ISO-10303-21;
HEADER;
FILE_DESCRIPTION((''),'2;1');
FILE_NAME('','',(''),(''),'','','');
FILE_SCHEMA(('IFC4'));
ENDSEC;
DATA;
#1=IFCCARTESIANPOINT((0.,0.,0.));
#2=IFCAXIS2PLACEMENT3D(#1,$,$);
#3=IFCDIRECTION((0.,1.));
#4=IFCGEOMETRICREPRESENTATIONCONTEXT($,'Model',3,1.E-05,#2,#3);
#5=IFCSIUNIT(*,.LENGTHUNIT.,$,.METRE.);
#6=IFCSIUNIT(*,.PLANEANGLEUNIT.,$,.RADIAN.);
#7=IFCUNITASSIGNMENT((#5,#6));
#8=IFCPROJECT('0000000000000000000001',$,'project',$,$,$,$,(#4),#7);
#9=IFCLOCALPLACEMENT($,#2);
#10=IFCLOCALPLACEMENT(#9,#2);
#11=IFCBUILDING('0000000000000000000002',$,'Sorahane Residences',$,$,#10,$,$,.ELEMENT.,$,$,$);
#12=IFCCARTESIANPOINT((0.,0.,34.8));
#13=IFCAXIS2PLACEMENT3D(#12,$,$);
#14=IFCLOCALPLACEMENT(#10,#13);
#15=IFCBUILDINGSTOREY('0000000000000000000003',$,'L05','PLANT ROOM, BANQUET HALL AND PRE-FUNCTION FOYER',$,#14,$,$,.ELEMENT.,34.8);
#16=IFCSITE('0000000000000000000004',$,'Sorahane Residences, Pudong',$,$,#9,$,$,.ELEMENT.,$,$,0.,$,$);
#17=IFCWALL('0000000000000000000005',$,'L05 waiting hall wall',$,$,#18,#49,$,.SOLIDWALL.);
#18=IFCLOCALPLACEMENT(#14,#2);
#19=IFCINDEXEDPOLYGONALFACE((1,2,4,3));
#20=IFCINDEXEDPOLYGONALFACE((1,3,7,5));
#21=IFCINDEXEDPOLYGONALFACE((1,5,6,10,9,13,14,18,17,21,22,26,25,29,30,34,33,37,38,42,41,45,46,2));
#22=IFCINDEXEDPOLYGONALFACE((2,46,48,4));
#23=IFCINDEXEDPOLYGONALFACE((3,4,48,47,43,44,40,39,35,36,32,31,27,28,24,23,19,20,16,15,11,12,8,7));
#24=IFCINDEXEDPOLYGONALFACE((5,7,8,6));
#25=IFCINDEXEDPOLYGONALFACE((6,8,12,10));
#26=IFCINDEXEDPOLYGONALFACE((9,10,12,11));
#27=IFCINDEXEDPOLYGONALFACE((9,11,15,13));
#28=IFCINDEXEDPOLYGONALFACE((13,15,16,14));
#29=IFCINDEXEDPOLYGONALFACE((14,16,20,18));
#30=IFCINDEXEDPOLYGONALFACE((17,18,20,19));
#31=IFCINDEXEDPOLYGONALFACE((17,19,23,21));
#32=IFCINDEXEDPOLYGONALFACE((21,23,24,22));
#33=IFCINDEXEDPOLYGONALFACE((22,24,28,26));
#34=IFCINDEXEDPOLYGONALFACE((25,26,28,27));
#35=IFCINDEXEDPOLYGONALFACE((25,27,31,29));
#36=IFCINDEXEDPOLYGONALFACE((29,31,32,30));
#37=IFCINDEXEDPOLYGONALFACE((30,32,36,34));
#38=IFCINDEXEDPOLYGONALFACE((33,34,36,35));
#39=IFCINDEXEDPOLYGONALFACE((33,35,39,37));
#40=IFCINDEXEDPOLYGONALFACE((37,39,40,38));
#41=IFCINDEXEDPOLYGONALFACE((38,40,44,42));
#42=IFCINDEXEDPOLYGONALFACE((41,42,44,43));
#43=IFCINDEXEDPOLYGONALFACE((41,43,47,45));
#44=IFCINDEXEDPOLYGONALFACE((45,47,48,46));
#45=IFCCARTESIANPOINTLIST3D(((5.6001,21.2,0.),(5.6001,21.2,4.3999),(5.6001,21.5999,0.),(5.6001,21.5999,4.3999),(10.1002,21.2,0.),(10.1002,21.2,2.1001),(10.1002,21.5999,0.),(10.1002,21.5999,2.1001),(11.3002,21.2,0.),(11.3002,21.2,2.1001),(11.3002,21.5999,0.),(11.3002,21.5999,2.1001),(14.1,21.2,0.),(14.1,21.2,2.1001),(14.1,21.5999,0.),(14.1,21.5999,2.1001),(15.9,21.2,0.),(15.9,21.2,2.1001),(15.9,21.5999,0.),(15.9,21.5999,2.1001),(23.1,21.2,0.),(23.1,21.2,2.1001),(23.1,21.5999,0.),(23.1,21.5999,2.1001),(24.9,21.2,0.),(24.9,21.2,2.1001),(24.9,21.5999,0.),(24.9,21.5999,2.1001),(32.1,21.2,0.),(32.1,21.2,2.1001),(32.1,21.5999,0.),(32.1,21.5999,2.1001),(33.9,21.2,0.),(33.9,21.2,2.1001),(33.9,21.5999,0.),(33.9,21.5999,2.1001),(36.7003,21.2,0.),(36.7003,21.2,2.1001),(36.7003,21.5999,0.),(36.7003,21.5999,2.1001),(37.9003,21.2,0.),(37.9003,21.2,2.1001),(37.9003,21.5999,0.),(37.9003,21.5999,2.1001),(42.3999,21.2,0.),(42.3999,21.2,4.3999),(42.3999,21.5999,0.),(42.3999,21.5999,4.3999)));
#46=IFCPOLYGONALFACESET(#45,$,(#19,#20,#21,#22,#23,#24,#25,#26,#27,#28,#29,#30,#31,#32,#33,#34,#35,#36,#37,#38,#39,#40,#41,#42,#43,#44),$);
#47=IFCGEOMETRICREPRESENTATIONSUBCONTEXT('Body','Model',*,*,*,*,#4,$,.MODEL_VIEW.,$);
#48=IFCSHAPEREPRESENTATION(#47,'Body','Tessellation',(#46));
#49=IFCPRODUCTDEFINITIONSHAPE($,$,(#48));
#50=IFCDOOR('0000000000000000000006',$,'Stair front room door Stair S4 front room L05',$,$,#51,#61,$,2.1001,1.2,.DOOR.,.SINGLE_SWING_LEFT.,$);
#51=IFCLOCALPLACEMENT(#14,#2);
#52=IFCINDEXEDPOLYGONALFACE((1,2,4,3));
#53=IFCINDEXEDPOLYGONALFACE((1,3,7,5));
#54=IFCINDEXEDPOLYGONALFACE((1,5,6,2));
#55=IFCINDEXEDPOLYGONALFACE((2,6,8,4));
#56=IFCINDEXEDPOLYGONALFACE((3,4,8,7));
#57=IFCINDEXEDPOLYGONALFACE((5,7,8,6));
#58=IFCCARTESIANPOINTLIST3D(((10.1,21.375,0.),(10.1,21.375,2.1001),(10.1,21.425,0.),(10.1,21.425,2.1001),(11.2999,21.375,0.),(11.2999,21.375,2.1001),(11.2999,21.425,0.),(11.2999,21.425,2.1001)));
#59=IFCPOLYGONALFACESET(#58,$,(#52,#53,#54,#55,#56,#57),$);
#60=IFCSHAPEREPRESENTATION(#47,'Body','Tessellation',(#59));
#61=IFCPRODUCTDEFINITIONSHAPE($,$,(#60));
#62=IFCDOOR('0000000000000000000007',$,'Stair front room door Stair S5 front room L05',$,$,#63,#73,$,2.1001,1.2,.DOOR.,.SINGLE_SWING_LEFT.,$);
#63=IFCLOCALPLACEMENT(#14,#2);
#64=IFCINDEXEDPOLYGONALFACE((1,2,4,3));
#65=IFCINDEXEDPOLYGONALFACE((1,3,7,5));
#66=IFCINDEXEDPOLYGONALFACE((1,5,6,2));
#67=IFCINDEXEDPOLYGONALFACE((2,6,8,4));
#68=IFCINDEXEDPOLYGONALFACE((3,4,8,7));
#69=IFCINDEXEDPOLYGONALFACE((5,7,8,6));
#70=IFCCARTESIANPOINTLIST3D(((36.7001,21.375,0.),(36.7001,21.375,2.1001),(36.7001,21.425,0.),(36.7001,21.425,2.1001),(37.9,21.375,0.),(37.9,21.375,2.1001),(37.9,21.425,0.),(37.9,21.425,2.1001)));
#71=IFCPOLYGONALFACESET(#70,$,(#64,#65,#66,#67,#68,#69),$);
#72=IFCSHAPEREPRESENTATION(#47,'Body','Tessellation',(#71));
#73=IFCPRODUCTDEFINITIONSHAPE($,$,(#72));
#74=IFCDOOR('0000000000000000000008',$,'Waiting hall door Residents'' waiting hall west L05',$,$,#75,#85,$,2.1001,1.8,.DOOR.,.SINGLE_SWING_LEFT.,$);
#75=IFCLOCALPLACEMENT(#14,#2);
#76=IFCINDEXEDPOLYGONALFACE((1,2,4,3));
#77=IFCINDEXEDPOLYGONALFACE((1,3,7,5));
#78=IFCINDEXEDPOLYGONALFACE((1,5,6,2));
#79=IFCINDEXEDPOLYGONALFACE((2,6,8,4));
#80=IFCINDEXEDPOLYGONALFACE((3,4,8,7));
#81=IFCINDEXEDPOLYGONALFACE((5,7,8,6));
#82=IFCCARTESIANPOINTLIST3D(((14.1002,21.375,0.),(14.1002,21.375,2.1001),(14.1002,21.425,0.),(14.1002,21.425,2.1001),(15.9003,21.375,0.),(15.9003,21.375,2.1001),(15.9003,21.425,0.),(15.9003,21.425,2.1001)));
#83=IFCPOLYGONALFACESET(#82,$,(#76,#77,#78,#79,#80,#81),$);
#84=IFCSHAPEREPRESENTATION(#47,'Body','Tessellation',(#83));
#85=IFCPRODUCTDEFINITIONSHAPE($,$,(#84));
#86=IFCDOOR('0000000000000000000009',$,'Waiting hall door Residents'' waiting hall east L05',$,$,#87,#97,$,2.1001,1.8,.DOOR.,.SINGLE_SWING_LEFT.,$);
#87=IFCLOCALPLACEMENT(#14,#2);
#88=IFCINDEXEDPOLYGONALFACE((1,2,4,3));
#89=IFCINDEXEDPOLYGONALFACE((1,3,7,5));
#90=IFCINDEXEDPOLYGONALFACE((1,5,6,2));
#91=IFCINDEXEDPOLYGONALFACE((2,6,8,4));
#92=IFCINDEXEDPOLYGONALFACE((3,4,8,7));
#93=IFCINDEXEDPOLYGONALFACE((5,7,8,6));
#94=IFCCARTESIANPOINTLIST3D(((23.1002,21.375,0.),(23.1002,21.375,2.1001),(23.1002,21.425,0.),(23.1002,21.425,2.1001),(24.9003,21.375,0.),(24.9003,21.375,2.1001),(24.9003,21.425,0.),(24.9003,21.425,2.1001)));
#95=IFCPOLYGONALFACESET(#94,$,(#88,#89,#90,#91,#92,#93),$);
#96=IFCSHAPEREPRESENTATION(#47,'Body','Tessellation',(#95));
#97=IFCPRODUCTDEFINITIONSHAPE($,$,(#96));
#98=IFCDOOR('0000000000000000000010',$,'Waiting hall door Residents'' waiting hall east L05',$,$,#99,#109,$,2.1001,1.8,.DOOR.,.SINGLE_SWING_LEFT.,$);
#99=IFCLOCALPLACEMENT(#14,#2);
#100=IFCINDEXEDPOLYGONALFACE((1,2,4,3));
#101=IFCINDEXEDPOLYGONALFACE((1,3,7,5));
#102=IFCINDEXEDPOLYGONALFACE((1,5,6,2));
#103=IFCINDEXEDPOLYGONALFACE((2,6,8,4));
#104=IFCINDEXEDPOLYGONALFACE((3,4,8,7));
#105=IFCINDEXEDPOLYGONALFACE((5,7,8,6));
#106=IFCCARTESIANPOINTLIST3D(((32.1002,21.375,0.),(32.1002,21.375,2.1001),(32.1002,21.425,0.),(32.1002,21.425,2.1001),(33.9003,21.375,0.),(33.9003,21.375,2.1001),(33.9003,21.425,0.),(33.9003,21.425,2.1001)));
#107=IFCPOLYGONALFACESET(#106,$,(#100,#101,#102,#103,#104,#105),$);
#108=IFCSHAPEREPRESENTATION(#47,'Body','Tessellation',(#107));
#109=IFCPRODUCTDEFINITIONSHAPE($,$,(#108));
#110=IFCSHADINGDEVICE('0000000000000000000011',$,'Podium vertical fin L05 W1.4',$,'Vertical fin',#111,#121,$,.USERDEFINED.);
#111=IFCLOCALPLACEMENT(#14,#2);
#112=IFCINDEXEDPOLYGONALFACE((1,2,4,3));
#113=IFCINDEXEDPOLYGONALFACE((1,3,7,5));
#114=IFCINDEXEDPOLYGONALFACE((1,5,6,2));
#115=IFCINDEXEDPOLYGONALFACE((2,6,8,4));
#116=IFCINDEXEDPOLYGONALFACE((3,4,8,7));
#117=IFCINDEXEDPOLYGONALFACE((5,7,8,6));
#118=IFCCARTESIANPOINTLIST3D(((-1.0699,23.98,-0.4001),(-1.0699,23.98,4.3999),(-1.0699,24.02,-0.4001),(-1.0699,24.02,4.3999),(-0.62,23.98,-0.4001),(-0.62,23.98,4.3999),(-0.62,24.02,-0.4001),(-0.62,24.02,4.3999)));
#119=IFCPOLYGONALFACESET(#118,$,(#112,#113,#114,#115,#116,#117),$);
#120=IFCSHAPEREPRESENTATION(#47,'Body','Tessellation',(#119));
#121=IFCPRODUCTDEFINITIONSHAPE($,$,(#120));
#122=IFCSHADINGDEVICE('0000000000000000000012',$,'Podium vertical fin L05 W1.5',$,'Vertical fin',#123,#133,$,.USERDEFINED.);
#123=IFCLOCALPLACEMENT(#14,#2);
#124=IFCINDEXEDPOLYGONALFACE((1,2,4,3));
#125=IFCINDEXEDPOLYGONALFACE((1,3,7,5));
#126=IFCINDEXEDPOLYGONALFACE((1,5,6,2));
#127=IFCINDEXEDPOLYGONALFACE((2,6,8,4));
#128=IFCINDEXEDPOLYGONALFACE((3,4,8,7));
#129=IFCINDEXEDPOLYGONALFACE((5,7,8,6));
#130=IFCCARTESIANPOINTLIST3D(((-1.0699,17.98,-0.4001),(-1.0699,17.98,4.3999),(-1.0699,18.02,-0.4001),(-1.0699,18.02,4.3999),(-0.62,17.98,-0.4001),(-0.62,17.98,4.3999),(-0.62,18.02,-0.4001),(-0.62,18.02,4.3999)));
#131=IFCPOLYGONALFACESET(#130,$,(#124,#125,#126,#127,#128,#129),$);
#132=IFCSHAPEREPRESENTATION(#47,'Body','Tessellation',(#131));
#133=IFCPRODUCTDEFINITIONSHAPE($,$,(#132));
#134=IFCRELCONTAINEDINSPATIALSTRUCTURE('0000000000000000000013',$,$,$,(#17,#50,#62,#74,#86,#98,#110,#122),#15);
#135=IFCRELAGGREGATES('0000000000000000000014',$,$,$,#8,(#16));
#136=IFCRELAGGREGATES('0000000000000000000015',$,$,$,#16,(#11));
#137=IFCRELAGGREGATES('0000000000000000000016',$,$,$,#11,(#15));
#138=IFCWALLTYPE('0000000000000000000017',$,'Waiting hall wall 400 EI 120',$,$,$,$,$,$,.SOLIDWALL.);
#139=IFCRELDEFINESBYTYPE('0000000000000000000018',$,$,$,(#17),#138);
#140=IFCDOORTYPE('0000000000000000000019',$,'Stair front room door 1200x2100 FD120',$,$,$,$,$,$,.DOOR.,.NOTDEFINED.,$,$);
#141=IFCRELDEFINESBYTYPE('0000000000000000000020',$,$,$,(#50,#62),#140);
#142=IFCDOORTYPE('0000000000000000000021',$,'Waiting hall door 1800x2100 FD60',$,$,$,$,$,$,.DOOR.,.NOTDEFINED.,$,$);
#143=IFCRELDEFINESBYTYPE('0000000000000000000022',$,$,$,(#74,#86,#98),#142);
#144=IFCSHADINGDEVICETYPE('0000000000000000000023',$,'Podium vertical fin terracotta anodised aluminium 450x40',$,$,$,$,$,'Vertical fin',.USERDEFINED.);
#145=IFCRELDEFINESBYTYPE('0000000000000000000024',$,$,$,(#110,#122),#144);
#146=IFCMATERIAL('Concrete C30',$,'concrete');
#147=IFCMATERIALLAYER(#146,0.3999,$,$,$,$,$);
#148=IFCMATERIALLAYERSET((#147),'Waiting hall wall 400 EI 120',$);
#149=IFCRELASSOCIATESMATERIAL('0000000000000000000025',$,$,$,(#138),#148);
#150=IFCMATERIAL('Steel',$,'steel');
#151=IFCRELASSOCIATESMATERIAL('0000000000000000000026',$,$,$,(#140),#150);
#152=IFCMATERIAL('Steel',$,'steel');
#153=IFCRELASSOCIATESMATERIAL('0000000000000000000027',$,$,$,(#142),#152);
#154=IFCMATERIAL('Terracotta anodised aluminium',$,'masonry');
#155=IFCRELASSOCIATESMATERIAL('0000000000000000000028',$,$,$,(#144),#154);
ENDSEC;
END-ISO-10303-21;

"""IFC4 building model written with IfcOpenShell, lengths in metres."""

from ifc_helpers import new_model, si_unit, direction, frame, frame_2d, origin, origin_2d, place, context, subcontext, project, spatial, rectangle, extrude, material, layer, layer_set, material_profile, profile_set, type_object, element, fill, save


model = new_model("IFC4")

# Units and contexts
model_context = context("Model", 3, precision=1e-05, world=origin(), true_north=direction((0.0, 1.0)))
body_context = subcontext(model_context, "Body", "Model", "MODEL_VIEW")
ifc_project = project(units=[si_unit("LENGTHUNIT", "METRE"), si_unit("PLANEANGLEUNIT", "RADIAN")], contexts=[model_context])

# Site, building, storey
site_placement = place(None, origin())
site = spatial("IfcSite", under=ifc_project, at=site_placement, Name="Sorahane Residences, Pudong", CompositionType="ELEMENT", RefElevation=0.0)
building_placement = place(site_placement, origin())
building = spatial("IfcBuilding", under=site, at=building_placement, Name="Sorahane Residences", CompositionType="ELEMENT")
storey_placement = place(building_placement, frame((0.0, 0.0, 34.8)))
storey = spatial("IfcBuildingStorey", under=building, at=storey_placement, Name="L05", Description="PLANT ROOM, BANQUET HALL AND PRE-FUNCTION FOYER", CompositionType="ELEMENT", Elevation=34.8)

# Wall, openings, doors
ifc_material_1 = material(Name="Concrete C30", Category="concrete")
ifc_layer_1 = layer(ifc_material_1, 0.3999)
ifc_layer_set_1 = layer_set([ifc_layer_1], Name="Waiting hall wall 400 EI 120")
wall_type_1 = type_object("IfcWallType", Name="Waiting hall wall 400 EI 120", PredefinedType="SOLIDWALL", material=ifc_layer_set_1)
wall_1_placement = place(storey_placement, frame((5.6001, 21.3999, 0.0), z_axis=(0.0, 0.0, 1.0), x_axis=(1.0, 0.0, 0.0)))
wall_1 = element("IfcWall", 1, at=wall_1_placement, inside=storey, type_object=wall_type_1, Name="L05 waiting hall wall", PredefinedType="SOLIDWALL", context=body_context, shape_type="SweptSolid", body=[
    extrude(rectangle(XDim=36.7998, YDim=0.3999, at=frame_2d((18.3999, 0.0))), origin(), (0.0, 0.0, 1.0), 4.3999),
])
opening_1_placement = place(wall_1_placement, frame((8.5, 0.0, 0.0)))
opening_1 = element("IfcOpeningElement", 2, at=opening_1_placement, cuts=wall_1, PredefinedType="OPENING", context=body_context, shape_type="SweptSolid", body=[
    extrude(rectangle(XDim=1.8, YDim=2.1001, at=frame_2d((0.8999, 1.05))), frame((0.0, 0.21, 0.0), z_axis=(0.0, -1.0, 0.0), x_axis=(1.0, 0.0, 0.0)), (0.0, 0.0, 1.0), 0.4199),
])
opening_2_placement = place(wall_1_placement, frame((17.5, 0.0, 0.0)))
opening_2 = element("IfcOpeningElement", 3, at=opening_2_placement, cuts=wall_1, PredefinedType="OPENING", context=body_context, shape_type="SweptSolid", body=[
    extrude(rectangle(XDim=1.8, YDim=2.1001, at=frame_2d((0.8999, 1.05))), frame((0.0, 0.21, 0.0), z_axis=(0.0, -1.0, 0.0), x_axis=(1.0, 0.0, 0.0)), (0.0, 0.0, 1.0), 0.4199),
])
opening_3_placement = place(wall_1_placement, frame((26.5, 0.0, 0.0)))
opening_3 = element("IfcOpeningElement", 4, at=opening_3_placement, cuts=wall_1, PredefinedType="OPENING", context=body_context, shape_type="SweptSolid", body=[
    extrude(rectangle(XDim=1.8, YDim=2.1001, at=frame_2d((0.8999, 1.05))), frame((0.0, 0.21, 0.0), z_axis=(0.0, -1.0, 0.0), x_axis=(1.0, 0.0, 0.0)), (0.0, 0.0, 1.0), 0.4199),
])
opening_4_placement = place(wall_1_placement, frame((4.5, 0.0, 0.0)))
opening_4 = element("IfcOpeningElement", 5, at=opening_4_placement, cuts=wall_1, PredefinedType="OPENING", context=body_context, shape_type="SweptSolid", body=[
    extrude(rectangle(XDim=1.2, YDim=2.1001, at=frame_2d((0.6001, 1.05))), frame((0.0, 0.21, 0.0), z_axis=(0.0, -1.0, 0.0), x_axis=(1.0, 0.0, 0.0)), (0.0, 0.0, 1.0), 0.4199),
])
opening_5_placement = place(wall_1_placement, frame((31.1001, 0.0, 0.0)))
opening_5 = element("IfcOpeningElement", 6, at=opening_5_placement, cuts=wall_1, PredefinedType="OPENING", context=body_context, shape_type="SweptSolid", body=[
    extrude(rectangle(XDim=1.2, YDim=2.1001, at=frame_2d((0.6001, 1.05))), frame((0.0, 0.21, 0.0), z_axis=(0.0, -1.0, 0.0), x_axis=(1.0, 0.0, 0.0)), (0.0, 0.0, 1.0), 0.4199),
])
ifc_material_2 = material(Name="Steel", Category="steel")
door_type_1 = type_object("IfcDoorType", Name="Stair front room door 1200x2100 FD120", OperationType="NOTDEFINED", PredefinedType="DOOR", material=ifc_material_2)
door_1_placement = place(opening_4_placement, frame((1.2, 0.0, 0.0), z_axis=(0.0, 0.0, 1.0), x_axis=(-1.0, 0.0, 0.0)))
door_1 = element("IfcDoor", 7, at=door_1_placement, inside=storey, type_object=door_type_1, Name="Stair front room door Stair S4 front room L05", OperationType="SINGLE_SWING_LEFT", OverallHeight=2.1001, OverallWidth=1.2, PredefinedType="DOOR", context=body_context, shape_type="SweptSolid", body=[
    extrude(rectangle(XDim=1.2, YDim=2.1001, at=frame_2d((0.6001, 1.05))), frame((0.0, 0.0249, 0.0), z_axis=(0.0, -1.0, 0.0), x_axis=(1.0, 0.0, 0.0)), (0.0, 0.0, 1.0), 0.05),
])
fill(opening_4, door_1)
door_2_placement = place(opening_5_placement, frame((1.2, 0.0, 0.0), z_axis=(0.0, 0.0, 1.0), x_axis=(-1.0, 0.0, 0.0)))
door_2 = element("IfcDoor", 8, at=door_2_placement, inside=storey, type_object=door_type_1, Name="Stair front room door Stair S5 front room L05", OperationType="SINGLE_SWING_LEFT", OverallHeight=2.1001, OverallWidth=1.2, PredefinedType="DOOR", context=body_context, shape_type="SweptSolid", body=[
    extrude(rectangle(XDim=1.2, YDim=2.1001, at=frame_2d((0.6001, 1.05))), frame((0.0, 0.0249, 0.0), z_axis=(0.0, -1.0, 0.0), x_axis=(1.0, 0.0, 0.0)), (0.0, 0.0, 1.0), 0.05),
])
fill(opening_5, door_2)
ifc_material_3 = material(Name="Steel", Category="steel")
door_type_2 = type_object("IfcDoorType", Name="Waiting hall door 1800x2100 FD60", OperationType="NOTDEFINED", PredefinedType="DOOR", material=ifc_material_3)
door_3_placement = place(opening_1_placement, frame((1.8, 0.0, 0.0), z_axis=(0.0, 0.0, 1.0), x_axis=(-1.0, 0.0, 0.0)))
door_3 = element("IfcDoor", 9, at=door_3_placement, inside=storey, type_object=door_type_2, Name="Waiting hall door Residents' waiting hall west L05", OperationType="SINGLE_SWING_LEFT", OverallHeight=2.1001, OverallWidth=1.8, PredefinedType="DOOR", context=body_context, shape_type="SweptSolid", body=[
    extrude(rectangle(XDim=1.8, YDim=2.1001, at=frame_2d((0.8999, 1.05))), frame((0.0, 0.0249, 0.0), z_axis=(0.0, -1.0, 0.0), x_axis=(1.0, 0.0, 0.0)), (0.0, 0.0, 1.0), 0.05),
])
fill(opening_1, door_3)
door_4_placement = place(opening_2_placement, frame((1.8, 0.0, 0.0), z_axis=(0.0, 0.0, 1.0), x_axis=(-1.0, 0.0, 0.0)))
door_4 = element("IfcDoor", 10, at=door_4_placement, inside=storey, type_object=door_type_2, Name="Waiting hall door Residents' waiting hall east L05", OperationType="SINGLE_SWING_LEFT", OverallHeight=2.1001, OverallWidth=1.8, PredefinedType="DOOR", context=body_context, shape_type="SweptSolid", body=[
    extrude(rectangle(XDim=1.8, YDim=2.1001, at=frame_2d((0.8999, 1.05))), frame((0.0, 0.0249, 0.0), z_axis=(0.0, -1.0, 0.0), x_axis=(1.0, 0.0, 0.0)), (0.0, 0.0, 1.0), 0.05),
])
fill(opening_2, door_4)
door_5_placement = place(opening_3_placement, frame((1.8, 0.0, 0.0), z_axis=(0.0, 0.0, 1.0), x_axis=(-1.0, 0.0, 0.0)))
door_5 = element("IfcDoor", 11, at=door_5_placement, inside=storey, type_object=door_type_2, Name="Waiting hall door Residents' waiting hall east L05", OperationType="SINGLE_SWING_LEFT", OverallHeight=2.1001, OverallWidth=1.8, PredefinedType="DOOR", context=body_context, shape_type="SweptSolid", body=[
    extrude(rectangle(XDim=1.8, YDim=2.1001, at=frame_2d((0.8999, 1.05))), frame((0.0, 0.0249, 0.0), z_axis=(0.0, -1.0, 0.0), x_axis=(1.0, 0.0, 0.0)), (0.0, 0.0, 1.0), 0.05),
])
fill(opening_3, door_5)

# Shading devices
ifc_material_4 = material(Name="Terracotta anodised aluminium", Category="masonry")
ifc_material_profile_1 = material_profile(ifc_material_4, rectangle(XDim=0.45, YDim=0.04, at=origin_2d()), Name="Podium vertical fin terracotta anodised aluminium 450x40")
ifc_profile_set_1 = profile_set([ifc_material_profile_1], Name="Terracotta anodised aluminium")
shading_device_type = type_object("IfcShadingDeviceType", Name="Podium vertical fin terracotta anodised aluminium 450x40", ElementType="Vertical fin", PredefinedType="USERDEFINED", material=ifc_profile_set_1)
for number, where, z_axis, x_axis, name in (
    (12, (-0.845, 24.0, -0.4001), (0.0, 0.0, 1.0), (-1.0, 0.0, 0.0), "Podium vertical fin L05 W1.4"),
    (13, (-0.845, 18.0, -0.4001), (0.0, 0.0, 1.0), (-1.0, 0.0, 0.0), "Podium vertical fin L05 W1.5"),
):
    element("IfcShadingDevice", number, at=place(storey_placement, frame(where, z_axis=z_axis, x_axis=x_axis)), inside=storey, type_object=shading_device_type, Name=name, ObjectType="Vertical fin", PredefinedType="USERDEFINED", context=body_context, shape_type="SweptSolid", body=[
        extrude(rectangle(XDim=0.45, YDim=0.04, at=origin_2d()), origin(), (0.0, 0.0, 1.0), 4.8),
    ])

save(model, "model.ifc")
